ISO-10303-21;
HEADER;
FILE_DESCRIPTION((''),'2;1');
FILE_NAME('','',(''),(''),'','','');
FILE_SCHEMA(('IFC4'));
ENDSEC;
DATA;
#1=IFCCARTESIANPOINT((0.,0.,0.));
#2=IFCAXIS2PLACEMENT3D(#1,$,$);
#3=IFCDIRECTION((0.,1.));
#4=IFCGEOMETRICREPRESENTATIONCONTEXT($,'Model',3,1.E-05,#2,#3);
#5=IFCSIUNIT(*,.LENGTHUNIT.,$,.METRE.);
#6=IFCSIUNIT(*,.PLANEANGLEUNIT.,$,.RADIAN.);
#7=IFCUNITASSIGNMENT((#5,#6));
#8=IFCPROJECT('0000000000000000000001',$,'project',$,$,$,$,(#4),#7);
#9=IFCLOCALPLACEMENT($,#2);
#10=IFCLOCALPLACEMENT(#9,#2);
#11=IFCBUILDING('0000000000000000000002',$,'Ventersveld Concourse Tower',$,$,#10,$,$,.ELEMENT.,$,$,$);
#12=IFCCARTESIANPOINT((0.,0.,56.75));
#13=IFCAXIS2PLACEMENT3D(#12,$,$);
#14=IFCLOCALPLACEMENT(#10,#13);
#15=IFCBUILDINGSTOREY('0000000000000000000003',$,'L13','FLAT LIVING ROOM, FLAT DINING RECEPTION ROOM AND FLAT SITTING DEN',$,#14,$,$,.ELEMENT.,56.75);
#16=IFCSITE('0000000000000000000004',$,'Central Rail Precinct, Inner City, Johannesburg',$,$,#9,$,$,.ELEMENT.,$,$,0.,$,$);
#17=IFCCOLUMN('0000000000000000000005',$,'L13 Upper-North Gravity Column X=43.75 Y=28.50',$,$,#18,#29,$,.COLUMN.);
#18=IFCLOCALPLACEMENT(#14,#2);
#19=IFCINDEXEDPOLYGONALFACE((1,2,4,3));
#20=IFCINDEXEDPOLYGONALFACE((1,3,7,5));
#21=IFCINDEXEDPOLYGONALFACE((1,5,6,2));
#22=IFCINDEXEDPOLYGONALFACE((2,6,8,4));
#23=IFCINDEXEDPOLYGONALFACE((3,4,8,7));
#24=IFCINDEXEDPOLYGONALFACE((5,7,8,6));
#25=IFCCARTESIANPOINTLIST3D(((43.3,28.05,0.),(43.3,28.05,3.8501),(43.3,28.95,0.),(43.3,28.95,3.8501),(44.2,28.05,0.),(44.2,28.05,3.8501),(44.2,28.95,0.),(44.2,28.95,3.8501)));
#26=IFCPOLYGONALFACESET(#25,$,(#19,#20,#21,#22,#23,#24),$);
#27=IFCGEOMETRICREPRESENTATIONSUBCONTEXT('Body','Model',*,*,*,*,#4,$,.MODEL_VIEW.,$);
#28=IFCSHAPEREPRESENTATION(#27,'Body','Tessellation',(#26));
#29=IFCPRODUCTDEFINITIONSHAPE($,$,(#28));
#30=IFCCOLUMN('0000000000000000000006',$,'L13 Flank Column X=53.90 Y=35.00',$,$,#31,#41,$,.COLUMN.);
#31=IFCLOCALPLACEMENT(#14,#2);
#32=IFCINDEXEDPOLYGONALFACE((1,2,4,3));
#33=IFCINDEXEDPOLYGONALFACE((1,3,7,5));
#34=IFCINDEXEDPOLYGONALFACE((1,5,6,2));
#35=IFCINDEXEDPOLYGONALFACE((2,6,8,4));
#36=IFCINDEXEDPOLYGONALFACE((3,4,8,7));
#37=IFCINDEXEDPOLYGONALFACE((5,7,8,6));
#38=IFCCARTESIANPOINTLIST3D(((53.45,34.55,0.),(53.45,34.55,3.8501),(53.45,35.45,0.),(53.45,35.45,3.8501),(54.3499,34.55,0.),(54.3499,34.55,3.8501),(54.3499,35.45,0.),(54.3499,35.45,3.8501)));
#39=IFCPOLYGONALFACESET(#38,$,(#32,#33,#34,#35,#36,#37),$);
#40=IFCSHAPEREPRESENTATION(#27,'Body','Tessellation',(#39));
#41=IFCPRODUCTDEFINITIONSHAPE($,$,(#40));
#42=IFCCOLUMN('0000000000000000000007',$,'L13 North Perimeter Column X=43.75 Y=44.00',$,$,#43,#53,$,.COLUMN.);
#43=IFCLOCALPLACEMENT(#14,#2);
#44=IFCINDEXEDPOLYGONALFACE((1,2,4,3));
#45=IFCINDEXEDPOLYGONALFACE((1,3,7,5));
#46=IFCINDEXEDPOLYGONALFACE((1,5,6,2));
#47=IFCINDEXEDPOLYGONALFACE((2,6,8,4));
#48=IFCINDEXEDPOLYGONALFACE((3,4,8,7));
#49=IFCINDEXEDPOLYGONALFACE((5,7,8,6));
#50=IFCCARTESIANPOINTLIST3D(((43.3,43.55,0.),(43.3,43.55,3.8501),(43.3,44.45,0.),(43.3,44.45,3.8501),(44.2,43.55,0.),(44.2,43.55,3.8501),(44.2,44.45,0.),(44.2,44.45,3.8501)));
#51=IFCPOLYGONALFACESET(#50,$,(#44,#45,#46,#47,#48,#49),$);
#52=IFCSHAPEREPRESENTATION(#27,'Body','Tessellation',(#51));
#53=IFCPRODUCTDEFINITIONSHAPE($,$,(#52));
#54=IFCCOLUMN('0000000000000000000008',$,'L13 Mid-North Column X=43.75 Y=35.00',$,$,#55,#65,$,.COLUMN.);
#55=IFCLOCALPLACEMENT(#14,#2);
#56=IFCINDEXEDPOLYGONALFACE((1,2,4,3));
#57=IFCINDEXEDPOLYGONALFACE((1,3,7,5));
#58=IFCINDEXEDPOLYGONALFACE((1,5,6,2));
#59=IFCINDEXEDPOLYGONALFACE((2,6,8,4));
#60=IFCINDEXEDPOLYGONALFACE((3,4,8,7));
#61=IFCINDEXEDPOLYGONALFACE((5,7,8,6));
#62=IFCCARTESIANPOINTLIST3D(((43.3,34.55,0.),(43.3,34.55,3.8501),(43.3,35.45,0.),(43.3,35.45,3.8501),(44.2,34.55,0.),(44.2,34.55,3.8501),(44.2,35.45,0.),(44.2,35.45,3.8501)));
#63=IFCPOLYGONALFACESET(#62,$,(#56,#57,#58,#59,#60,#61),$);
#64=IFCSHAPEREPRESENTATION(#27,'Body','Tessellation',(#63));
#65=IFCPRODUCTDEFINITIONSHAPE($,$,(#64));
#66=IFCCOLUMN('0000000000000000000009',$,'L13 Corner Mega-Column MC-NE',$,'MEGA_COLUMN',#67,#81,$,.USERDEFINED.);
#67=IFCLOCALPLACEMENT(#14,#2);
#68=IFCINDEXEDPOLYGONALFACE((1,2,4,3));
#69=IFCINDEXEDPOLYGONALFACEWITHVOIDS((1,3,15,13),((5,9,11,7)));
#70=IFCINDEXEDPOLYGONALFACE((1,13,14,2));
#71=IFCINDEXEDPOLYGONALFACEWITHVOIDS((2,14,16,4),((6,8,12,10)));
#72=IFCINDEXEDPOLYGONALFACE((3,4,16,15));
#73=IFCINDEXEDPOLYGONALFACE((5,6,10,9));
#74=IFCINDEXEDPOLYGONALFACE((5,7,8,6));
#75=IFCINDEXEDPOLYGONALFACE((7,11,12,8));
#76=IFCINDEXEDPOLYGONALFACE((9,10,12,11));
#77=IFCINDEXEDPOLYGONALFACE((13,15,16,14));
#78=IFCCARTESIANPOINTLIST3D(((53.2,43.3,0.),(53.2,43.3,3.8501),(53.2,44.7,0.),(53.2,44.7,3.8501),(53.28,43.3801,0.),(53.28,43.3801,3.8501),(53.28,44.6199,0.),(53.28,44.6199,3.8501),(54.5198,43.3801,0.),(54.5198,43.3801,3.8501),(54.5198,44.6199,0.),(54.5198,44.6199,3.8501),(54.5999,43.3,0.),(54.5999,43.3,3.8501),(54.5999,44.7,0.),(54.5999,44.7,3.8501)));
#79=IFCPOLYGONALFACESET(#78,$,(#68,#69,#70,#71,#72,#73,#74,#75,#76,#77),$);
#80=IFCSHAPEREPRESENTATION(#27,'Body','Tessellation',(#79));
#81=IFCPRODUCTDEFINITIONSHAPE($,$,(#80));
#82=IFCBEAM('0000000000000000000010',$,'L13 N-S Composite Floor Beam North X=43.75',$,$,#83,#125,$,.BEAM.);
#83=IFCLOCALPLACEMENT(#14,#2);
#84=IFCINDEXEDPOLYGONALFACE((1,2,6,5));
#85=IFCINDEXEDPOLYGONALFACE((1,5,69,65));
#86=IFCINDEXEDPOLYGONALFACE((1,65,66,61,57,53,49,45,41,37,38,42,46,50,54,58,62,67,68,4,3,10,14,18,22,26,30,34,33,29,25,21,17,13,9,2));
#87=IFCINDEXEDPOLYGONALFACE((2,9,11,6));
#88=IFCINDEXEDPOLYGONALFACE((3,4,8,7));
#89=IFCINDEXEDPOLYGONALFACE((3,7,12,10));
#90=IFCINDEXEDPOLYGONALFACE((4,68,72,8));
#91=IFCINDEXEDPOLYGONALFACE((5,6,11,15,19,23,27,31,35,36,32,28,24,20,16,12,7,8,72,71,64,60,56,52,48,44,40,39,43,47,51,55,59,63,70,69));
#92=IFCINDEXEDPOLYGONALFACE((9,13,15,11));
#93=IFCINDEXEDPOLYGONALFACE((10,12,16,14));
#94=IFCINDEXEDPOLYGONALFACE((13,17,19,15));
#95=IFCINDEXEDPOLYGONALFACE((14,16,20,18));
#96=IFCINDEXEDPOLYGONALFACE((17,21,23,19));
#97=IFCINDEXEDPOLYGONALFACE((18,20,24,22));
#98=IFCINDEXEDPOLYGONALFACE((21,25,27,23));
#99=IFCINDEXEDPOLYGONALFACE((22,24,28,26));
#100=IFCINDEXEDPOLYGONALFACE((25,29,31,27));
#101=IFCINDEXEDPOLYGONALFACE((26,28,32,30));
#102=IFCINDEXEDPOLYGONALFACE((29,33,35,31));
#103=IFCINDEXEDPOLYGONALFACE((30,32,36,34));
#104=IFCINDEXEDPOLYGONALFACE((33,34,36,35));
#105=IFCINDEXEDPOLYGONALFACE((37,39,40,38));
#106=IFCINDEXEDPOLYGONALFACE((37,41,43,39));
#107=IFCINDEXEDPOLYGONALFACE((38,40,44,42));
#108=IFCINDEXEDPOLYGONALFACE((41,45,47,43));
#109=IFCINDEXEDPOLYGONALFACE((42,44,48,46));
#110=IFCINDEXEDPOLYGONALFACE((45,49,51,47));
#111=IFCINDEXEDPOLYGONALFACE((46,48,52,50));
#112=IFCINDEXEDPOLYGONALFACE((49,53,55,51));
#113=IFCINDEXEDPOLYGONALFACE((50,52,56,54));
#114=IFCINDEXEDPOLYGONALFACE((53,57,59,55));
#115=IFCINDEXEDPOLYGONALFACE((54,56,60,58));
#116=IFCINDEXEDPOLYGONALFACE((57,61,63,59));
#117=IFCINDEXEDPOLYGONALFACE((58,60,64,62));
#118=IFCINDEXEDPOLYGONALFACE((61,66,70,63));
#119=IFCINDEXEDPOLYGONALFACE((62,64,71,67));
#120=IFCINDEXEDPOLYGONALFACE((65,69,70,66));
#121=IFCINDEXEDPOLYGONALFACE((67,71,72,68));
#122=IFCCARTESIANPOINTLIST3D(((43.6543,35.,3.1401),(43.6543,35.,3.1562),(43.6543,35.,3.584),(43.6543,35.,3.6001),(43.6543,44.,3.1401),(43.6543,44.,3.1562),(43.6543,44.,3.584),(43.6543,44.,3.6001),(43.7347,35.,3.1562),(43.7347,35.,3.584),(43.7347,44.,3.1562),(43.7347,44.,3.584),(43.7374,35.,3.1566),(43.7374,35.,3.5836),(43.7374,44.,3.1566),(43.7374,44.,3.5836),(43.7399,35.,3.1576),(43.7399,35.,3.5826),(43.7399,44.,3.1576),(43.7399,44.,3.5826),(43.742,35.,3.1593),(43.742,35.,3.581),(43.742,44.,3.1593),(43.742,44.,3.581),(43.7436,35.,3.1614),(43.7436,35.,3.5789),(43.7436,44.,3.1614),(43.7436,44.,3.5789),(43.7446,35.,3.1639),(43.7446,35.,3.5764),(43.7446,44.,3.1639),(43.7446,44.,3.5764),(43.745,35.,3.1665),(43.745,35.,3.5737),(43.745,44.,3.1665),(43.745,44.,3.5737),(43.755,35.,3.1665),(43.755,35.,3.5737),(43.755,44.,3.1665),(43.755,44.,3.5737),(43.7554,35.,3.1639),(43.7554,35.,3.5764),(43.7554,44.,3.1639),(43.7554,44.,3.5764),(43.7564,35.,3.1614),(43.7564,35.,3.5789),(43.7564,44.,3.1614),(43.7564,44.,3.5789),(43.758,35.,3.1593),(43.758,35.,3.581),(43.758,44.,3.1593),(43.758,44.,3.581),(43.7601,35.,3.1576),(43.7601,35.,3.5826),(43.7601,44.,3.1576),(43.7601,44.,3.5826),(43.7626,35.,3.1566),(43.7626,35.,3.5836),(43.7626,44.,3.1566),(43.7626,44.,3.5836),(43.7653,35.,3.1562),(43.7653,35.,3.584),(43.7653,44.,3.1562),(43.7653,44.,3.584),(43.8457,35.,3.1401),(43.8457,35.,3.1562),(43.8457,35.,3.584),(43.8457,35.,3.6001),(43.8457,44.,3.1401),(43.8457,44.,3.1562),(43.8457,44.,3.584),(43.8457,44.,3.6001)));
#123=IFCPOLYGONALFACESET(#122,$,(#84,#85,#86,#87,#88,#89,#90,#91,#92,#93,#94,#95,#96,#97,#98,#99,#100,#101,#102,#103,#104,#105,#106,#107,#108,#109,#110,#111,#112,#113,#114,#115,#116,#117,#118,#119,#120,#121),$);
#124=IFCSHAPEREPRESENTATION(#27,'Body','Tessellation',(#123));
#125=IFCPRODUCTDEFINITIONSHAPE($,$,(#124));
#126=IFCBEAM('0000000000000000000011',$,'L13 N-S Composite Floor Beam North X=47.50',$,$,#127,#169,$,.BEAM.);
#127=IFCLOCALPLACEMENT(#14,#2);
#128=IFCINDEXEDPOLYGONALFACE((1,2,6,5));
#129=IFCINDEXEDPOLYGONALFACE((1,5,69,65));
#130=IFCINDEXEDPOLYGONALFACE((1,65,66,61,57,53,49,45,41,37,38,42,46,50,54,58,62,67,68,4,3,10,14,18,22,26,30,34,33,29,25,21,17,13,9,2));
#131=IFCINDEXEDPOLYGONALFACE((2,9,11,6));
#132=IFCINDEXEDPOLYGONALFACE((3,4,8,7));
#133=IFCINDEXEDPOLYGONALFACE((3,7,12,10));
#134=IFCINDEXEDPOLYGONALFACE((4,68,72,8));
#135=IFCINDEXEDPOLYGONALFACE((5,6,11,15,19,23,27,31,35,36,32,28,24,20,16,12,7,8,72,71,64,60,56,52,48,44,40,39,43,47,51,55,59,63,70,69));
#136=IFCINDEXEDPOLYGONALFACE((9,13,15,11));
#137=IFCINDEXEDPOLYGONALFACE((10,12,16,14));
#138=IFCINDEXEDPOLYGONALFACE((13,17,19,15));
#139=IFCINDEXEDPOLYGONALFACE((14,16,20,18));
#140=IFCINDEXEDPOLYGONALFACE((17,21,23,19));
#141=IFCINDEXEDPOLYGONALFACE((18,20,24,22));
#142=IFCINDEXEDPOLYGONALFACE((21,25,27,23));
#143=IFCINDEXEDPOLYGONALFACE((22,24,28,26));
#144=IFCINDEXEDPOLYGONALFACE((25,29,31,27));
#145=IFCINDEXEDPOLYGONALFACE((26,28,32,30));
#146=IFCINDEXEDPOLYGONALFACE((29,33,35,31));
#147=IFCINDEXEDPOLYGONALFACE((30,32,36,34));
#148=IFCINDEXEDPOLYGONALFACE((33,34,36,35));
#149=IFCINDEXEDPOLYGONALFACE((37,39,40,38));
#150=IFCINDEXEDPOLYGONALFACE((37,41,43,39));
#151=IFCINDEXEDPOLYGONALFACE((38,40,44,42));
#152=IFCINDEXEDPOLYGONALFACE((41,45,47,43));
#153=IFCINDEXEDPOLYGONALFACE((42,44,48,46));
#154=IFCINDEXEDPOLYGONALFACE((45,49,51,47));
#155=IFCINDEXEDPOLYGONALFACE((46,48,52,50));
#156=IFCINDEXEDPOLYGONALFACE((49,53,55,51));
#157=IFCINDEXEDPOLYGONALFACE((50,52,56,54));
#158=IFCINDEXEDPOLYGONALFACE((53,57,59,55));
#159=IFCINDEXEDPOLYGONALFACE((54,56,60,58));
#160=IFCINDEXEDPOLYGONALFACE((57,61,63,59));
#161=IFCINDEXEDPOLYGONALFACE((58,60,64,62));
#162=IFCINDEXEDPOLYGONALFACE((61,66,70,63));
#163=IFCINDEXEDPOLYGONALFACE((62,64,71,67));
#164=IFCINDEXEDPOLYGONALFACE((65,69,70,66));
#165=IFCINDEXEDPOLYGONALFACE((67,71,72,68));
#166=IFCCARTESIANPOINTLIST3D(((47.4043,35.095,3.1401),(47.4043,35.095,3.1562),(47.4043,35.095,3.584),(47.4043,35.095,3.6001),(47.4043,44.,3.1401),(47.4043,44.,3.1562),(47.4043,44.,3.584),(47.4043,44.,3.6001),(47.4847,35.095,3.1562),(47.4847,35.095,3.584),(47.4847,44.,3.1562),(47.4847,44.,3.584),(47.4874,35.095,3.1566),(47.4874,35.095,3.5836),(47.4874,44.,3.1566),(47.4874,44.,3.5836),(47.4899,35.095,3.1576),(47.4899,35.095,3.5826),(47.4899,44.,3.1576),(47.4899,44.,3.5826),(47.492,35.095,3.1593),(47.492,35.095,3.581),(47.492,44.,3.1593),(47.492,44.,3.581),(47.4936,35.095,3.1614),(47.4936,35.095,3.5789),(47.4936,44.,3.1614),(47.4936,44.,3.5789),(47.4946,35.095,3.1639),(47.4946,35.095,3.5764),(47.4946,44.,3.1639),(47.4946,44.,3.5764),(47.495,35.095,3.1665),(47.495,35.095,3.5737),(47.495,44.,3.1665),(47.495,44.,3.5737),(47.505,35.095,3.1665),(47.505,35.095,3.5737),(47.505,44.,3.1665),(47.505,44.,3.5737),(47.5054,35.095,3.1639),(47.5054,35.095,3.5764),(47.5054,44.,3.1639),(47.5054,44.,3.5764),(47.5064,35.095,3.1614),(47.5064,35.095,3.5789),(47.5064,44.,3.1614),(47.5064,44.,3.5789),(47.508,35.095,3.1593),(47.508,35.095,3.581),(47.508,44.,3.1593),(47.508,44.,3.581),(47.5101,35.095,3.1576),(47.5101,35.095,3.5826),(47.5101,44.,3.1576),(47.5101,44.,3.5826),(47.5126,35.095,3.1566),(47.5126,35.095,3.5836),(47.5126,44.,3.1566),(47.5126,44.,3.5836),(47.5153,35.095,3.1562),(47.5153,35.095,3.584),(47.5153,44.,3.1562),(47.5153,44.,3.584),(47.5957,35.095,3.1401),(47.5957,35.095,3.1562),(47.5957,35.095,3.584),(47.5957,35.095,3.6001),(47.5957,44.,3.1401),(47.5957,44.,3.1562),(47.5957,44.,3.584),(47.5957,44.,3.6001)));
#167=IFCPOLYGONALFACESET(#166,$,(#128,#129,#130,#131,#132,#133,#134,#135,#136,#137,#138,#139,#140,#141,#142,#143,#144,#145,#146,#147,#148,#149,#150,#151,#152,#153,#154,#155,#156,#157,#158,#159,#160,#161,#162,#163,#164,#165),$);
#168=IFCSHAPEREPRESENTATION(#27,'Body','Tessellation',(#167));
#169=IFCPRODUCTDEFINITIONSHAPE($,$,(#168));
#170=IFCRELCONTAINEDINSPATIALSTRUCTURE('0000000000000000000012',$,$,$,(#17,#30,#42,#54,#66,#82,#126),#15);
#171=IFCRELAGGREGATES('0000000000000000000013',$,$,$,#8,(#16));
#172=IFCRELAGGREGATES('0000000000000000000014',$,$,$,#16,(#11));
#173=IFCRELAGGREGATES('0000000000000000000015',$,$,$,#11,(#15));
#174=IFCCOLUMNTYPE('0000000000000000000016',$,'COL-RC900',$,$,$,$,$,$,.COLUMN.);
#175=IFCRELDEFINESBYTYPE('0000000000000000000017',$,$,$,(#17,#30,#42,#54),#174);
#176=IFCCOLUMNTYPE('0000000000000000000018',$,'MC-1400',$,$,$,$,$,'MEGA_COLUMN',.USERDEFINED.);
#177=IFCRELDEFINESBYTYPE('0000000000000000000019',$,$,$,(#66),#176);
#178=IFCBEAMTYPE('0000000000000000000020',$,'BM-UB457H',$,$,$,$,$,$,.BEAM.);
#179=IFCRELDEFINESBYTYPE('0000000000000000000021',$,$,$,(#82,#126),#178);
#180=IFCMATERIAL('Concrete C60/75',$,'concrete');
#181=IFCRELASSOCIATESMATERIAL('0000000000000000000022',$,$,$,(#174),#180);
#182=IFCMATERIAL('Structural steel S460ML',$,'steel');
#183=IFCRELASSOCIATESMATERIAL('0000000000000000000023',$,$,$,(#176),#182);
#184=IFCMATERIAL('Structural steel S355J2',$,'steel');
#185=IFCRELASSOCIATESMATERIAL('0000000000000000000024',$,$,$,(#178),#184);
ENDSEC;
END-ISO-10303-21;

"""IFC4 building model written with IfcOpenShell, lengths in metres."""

from ifc_helpers import new_model, si_unit, direction, frame, origin, origin_2d, place, context, subcontext, project, spatial, rectangle, hollow_rectangle, i_section, extrude, material, material_profile, profile_set, type_object, element, save


model = new_model("IFC4")

# Units and contexts
model_context = context("Model", 3, precision=1e-05, world=origin(), true_north=direction((0.0, 1.0)))
body_context = subcontext(model_context, "Body", "Model", "MODEL_VIEW")
ifc_project = project(units=[si_unit("LENGTHUNIT", "METRE"), si_unit("PLANEANGLEUNIT", "RADIAN")], contexts=[model_context])

# Site, building, storey
site_placement = place(None, origin())
site = spatial("IfcSite", under=ifc_project, at=site_placement, Name="Central Rail Precinct, Inner City, Johannesburg", CompositionType="ELEMENT", RefElevation=0.0)
building_placement = place(site_placement, origin())
building = spatial("IfcBuilding", under=site, at=building_placement, Name="Ventersveld Concourse Tower", CompositionType="ELEMENT")
storey_placement = place(building_placement, frame((0.0, 0.0, 56.75)))
storey = spatial("IfcBuildingStorey", under=building, at=storey_placement, Name="L13", Description="FLAT LIVING ROOM, FLAT DINING RECEPTION ROOM AND FLAT SITTING DEN", CompositionType="ELEMENT", Elevation=56.75)

# Columns
ifc_material_1 = material(Name="Concrete C60/75", Category="concrete")
ifc_material_profile_1 = material_profile(ifc_material_1, rectangle(XDim=0.8999, YDim=0.8999, at=origin_2d()), Name="RC 900x900")
ifc_profile_set_1 = profile_set([ifc_material_profile_1], Name="Concrete C60/75")
column_type_1 = type_object("IfcColumnType", Name="COL-RC900", PredefinedType="COLUMN", material=ifc_profile_set_1)
for number, where, z_axis, x_axis, name in (
    (1, (43.75, 28.5, 0.0), (0.0, 0.0, 1.0), (1.0, 0.0, 0.0), "L13 Upper-North Gravity Column X=43.75 Y=28.50"),
    (2, (53.8999, 35.0, 0.0), (0.0, 0.0, 1.0), (1.0, 0.0, 0.0), "L13 Flank Column X=53.90 Y=35.00"),
    (3, (43.75, 44.0, 0.0), (0.0, 0.0, 1.0), (1.0, 0.0, 0.0), "L13 North Perimeter Column X=43.75 Y=44.00"),
    (4, (43.75, 35.0, 0.0), (0.0, 0.0, 1.0), (1.0, 0.0, 0.0), "L13 Mid-North Column X=43.75 Y=35.00"),
):
    element("IfcColumn", number, at=place(storey_placement, frame(where, z_axis=z_axis, x_axis=x_axis)), inside=storey, type_object=column_type_1, Name=name, PredefinedType="COLUMN", context=body_context, shape_type="SweptSolid", body=[
        extrude(rectangle(XDim=0.8999, YDim=0.8999, at=origin_2d()), origin(), (0.0, 0.0, 1.0), 3.8501),
    ])
ifc_material_2 = material(Name="Structural steel S460ML", Category="steel")
ifc_material_profile_2 = material_profile(ifc_material_2, hollow_rectangle(XDim=1.3999, YDim=1.3999, WallThickness=0.0801, at=origin_2d()), Name="BOX 1400x1400x80")
ifc_profile_set_2 = profile_set([ifc_material_profile_2], Name="Structural steel S460ML")
column_type_2 = type_object("IfcColumnType", Name="MC-1400", ElementType="MEGA_COLUMN", PredefinedType="USERDEFINED", material=ifc_profile_set_2)
column_placement = place(storey_placement, frame((53.8999, 44.0, 0.0), z_axis=(0.0, 0.0, 1.0), x_axis=(1.0, 0.0, 0.0)))
element("IfcColumn", 5, at=column_placement, inside=storey, type_object=column_type_2, Name="L13 Corner Mega-Column MC-NE", ObjectType="MEGA_COLUMN", PredefinedType="USERDEFINED", context=body_context, shape_type="SweptSolid", body=[
    extrude(hollow_rectangle(XDim=1.3999, YDim=1.3999, WallThickness=0.0801, at=origin_2d()), origin(), (0.0, 0.0, 1.0), 3.8501),
])

# Beams
ifc_material_3 = material(Name="Structural steel S355J2", Category="steel")
ifc_material_profile_3 = material_profile(ifc_material_3, i_section(OverallWidth=0.1914, OverallDepth=0.46, WebThickness=0.01, FlangeThickness=0.0161, FilletRadius=0.0103, at=origin_2d()), Name="UB 457x191x82")
ifc_profile_set_3 = profile_set([ifc_material_profile_3], Name="Structural steel S355J2")
beam_type_1 = type_object("IfcBeamType", Name="BM-UB457H", PredefinedType="BEAM", material=ifc_profile_set_3)
beam_1_placement = place(storey_placement, frame((43.75, 35.0, 3.3701), z_axis=(0.0, 1.0, 0.0), x_axis=(-1.0, 0.0, 0.0)))
element("IfcBeam", 6, at=beam_1_placement, inside=storey, type_object=beam_type_1, Name="L13 N-S Composite Floor Beam North X=43.75", PredefinedType="BEAM", context=body_context, shape_type="SweptSolid", body=[
    extrude(i_section(OverallWidth=0.1914, OverallDepth=0.46, WebThickness=0.01, FlangeThickness=0.0161, FilletRadius=0.0103, at=origin_2d()), origin(), (0.0, 0.0, 1.0), 9.0),
])
beam_2_placement = place(storey_placement, frame((47.5, 35.095, 3.3701), z_axis=(0.0, 1.0, 0.0), x_axis=(-1.0, 0.0, 0.0)))
element("IfcBeam", 7, at=beam_2_placement, inside=storey, type_object=beam_type_1, Name="L13 N-S Composite Floor Beam North X=47.50", PredefinedType="BEAM", context=body_context, shape_type="SweptSolid", body=[
    extrude(i_section(OverallWidth=0.1914, OverallDepth=0.46, WebThickness=0.01, FlangeThickness=0.0161, FilletRadius=0.0103, at=origin_2d()), origin(), (0.0, 0.0, 1.0), 8.905),
])

save(model, "model.ifc")
